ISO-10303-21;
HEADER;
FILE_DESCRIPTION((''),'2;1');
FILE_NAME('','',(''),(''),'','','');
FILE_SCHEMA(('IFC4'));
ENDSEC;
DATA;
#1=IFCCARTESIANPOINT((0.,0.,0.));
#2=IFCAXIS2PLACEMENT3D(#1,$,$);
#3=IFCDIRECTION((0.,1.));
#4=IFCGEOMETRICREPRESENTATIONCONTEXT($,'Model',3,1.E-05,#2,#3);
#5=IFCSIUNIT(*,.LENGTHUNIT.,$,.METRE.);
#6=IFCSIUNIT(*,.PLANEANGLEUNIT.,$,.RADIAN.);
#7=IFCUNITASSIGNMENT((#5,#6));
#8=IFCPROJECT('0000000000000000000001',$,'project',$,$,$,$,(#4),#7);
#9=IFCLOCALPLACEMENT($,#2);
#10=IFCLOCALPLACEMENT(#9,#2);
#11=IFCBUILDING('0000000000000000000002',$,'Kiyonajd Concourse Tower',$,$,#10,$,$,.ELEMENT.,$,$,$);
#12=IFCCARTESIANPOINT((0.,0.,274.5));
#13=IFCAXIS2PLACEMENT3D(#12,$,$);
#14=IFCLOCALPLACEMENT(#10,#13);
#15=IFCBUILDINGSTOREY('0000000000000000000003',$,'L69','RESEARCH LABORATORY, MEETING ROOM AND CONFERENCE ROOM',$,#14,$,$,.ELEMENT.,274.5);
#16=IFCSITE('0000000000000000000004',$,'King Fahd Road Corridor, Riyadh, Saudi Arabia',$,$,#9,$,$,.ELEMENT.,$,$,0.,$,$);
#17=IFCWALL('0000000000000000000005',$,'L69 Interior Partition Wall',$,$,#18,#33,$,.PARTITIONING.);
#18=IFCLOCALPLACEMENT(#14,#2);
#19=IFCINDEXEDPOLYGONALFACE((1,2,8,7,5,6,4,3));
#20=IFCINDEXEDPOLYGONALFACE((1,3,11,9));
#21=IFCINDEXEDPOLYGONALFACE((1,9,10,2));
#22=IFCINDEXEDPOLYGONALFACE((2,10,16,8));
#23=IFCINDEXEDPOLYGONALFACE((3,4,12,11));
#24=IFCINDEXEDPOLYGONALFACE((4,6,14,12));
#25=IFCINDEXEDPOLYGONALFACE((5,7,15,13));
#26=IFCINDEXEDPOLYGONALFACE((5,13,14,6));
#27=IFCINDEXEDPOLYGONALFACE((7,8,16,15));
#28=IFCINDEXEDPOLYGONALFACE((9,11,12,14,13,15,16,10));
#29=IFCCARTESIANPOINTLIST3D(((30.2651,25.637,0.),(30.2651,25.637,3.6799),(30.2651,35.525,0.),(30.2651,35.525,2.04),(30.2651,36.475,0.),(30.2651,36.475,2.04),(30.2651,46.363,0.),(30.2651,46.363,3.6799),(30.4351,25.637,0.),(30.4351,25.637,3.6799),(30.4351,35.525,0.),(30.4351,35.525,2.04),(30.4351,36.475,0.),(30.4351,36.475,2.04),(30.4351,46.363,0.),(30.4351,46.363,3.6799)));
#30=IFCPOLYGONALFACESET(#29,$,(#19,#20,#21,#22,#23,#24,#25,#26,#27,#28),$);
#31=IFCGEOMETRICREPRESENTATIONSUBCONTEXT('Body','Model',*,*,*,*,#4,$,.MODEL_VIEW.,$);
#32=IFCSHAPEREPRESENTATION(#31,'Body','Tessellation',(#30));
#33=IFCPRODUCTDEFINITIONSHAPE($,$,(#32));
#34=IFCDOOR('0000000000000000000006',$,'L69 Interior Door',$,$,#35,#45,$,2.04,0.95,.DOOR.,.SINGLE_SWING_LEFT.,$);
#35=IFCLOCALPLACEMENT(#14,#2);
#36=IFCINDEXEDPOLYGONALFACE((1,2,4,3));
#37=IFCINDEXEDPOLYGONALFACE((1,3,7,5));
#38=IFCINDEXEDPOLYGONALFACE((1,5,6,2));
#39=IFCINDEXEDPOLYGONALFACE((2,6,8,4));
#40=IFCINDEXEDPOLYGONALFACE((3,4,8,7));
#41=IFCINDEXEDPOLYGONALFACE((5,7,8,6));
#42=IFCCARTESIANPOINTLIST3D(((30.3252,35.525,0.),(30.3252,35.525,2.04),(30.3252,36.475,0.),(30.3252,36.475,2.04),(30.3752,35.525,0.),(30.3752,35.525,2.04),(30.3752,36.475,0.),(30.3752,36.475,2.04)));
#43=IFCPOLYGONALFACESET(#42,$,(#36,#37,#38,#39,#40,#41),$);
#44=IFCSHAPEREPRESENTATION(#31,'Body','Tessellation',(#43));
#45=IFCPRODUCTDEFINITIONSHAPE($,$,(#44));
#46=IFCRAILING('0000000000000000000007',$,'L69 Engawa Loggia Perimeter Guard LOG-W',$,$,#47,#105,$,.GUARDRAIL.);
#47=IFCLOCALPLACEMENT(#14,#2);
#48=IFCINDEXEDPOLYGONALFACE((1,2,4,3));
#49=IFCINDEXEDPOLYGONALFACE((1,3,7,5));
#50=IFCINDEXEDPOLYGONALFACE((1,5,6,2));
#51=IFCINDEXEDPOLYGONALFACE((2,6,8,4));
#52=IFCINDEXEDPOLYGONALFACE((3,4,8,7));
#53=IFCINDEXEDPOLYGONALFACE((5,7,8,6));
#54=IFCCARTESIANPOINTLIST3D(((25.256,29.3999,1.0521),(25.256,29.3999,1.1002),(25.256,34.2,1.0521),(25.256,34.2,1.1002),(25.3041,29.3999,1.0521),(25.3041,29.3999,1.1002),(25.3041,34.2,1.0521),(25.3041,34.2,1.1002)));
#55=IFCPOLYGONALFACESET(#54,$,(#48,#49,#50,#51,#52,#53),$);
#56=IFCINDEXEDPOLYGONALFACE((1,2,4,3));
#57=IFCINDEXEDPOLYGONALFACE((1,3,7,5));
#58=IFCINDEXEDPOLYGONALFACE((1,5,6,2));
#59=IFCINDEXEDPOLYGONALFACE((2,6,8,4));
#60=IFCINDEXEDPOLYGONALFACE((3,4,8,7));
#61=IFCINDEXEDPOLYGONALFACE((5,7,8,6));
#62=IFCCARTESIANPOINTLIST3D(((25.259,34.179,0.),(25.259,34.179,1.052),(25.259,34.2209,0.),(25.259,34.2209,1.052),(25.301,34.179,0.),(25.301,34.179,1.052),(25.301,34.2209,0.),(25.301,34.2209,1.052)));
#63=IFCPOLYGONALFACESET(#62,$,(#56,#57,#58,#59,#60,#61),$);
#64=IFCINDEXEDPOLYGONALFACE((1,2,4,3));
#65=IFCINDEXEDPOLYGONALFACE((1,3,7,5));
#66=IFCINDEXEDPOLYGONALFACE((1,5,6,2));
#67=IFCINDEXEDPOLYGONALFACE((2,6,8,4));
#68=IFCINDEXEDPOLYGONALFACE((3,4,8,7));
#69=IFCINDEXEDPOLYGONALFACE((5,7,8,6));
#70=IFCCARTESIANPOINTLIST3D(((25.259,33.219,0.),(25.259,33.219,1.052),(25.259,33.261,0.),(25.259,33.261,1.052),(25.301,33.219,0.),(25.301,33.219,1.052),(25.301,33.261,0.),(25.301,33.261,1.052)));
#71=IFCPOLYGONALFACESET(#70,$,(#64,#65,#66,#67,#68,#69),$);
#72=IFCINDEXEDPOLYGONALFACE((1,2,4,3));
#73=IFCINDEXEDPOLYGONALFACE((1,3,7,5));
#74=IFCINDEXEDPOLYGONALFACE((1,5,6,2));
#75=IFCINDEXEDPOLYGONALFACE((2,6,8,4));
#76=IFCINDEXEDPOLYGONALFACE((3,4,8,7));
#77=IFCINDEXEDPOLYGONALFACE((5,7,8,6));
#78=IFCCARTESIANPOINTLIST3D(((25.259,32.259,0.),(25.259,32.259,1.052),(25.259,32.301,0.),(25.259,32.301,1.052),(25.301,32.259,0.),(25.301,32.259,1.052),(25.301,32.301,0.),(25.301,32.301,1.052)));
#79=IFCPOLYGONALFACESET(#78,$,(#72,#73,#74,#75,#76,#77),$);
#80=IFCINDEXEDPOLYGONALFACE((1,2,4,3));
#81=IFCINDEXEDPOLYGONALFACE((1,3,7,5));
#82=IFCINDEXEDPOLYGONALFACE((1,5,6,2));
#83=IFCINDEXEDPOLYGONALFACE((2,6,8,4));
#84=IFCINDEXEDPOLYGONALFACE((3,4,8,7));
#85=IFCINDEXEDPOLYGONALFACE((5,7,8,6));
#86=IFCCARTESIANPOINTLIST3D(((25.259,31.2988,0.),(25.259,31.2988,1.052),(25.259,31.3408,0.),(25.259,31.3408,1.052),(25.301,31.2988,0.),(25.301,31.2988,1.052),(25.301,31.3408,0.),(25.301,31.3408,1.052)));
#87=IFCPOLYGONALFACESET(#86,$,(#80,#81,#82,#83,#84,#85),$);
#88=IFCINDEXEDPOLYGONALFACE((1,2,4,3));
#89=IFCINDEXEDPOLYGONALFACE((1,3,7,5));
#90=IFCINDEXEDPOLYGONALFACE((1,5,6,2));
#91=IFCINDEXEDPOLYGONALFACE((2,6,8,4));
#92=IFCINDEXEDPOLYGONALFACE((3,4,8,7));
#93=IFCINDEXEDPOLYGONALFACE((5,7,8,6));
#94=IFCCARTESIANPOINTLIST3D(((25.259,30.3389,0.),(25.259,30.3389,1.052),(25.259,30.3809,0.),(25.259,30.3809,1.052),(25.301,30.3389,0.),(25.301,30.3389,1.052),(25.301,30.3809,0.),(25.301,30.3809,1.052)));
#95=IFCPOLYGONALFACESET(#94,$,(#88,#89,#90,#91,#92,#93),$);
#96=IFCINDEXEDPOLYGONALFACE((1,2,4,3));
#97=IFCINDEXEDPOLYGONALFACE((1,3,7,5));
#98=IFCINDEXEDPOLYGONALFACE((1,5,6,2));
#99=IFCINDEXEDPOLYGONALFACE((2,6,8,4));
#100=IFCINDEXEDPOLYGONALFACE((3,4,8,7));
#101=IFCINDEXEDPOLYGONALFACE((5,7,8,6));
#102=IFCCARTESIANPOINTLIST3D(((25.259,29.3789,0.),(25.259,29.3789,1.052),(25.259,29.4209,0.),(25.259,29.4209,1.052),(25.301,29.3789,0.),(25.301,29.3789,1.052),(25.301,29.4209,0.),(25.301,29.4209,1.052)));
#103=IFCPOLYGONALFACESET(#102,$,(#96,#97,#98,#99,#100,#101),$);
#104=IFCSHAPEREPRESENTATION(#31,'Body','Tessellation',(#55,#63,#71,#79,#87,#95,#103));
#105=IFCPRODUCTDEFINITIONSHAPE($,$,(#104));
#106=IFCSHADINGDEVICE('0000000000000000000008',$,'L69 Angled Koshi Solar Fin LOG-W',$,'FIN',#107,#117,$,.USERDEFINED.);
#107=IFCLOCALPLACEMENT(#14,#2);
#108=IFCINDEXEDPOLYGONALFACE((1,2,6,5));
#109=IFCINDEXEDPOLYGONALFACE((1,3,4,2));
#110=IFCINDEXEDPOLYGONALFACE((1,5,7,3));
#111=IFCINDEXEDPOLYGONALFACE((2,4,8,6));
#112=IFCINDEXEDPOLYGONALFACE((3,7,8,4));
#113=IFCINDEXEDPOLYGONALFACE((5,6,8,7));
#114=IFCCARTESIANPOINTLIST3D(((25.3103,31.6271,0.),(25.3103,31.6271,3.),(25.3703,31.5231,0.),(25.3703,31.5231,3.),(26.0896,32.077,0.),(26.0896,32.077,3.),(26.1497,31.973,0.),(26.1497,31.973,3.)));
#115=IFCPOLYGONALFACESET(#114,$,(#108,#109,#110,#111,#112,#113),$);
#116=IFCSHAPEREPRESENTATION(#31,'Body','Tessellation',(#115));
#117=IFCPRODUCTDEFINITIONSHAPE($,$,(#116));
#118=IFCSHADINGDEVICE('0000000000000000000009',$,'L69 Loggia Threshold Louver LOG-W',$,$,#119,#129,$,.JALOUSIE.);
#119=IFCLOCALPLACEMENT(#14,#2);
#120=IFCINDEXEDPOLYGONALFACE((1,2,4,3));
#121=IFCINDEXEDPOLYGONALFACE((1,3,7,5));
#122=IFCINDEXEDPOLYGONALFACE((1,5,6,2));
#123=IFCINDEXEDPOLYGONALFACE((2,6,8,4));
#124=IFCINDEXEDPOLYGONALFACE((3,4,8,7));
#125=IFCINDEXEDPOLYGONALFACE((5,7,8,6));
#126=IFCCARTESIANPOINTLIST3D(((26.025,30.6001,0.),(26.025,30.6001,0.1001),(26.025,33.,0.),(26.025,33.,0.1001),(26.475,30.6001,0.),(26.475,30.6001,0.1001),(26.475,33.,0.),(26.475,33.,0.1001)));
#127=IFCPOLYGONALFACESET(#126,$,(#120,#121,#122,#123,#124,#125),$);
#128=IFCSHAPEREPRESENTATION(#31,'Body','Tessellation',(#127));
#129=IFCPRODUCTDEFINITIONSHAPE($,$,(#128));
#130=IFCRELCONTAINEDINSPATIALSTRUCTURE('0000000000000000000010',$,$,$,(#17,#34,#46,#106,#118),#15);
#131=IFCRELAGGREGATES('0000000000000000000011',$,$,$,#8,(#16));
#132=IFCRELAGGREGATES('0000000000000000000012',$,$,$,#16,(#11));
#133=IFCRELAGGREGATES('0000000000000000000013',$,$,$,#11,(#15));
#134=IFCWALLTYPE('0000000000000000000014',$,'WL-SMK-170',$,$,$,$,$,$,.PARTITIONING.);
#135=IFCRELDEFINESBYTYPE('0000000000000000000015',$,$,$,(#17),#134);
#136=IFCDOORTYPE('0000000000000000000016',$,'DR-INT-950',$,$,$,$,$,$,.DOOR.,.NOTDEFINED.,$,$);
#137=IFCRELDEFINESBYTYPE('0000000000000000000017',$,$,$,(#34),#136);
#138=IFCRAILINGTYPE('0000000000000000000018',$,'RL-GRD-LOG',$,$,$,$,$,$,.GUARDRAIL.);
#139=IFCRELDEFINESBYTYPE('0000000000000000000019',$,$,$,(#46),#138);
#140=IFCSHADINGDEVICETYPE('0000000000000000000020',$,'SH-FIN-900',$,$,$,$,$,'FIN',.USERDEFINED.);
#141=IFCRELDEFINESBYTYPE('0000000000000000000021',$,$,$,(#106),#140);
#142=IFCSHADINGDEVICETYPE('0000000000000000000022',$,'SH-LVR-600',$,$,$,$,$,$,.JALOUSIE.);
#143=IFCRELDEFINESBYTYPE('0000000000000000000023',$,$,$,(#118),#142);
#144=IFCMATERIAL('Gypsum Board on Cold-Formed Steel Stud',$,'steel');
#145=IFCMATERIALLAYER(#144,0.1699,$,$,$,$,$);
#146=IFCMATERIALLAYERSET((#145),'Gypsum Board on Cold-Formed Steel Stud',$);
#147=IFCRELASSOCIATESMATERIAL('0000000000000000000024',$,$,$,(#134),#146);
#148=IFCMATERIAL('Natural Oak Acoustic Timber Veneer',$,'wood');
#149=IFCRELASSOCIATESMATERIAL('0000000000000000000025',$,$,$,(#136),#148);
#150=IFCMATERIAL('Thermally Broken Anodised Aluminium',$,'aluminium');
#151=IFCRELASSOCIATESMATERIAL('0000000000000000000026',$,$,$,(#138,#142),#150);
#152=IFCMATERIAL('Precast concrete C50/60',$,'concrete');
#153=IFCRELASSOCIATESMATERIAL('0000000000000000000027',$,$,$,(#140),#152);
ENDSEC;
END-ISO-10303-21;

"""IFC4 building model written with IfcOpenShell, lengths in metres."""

from ifc_helpers import new_model, si_unit, direction, frame, frame_2d, origin, origin_2d, place, context, subcontext, project, spatial, rectangle, extrude, material, layer, layer_set, type_object, element, fill, save


model = new_model("IFC4")

# Units and contexts
model_context = context("Model", 3, precision=1e-05, world=origin(), true_north=direction((0.0, 1.0)))
body_context = subcontext(model_context, "Body", "Model", "MODEL_VIEW")
ifc_project = project(units=[si_unit("LENGTHUNIT", "METRE"), si_unit("PLANEANGLEUNIT", "RADIAN")], contexts=[model_context])

# Site, building, storey
site_placement = place(None, origin())
site = spatial("IfcSite", under=ifc_project, at=site_placement, Name="King Fahd Road Corridor, Riyadh, Saudi Arabia", CompositionType="ELEMENT", RefElevation=0.0)
building_placement = place(site_placement, origin())
building = spatial("IfcBuilding", under=site, at=building_placement, Name="Kiyonajd Concourse Tower", CompositionType="ELEMENT")
storey_placement = place(building_placement, frame((0.0, 0.0, 274.5)))
storey = spatial("IfcBuildingStorey", under=building, at=storey_placement, Name="L69", Description="RESEARCH LABORATORY, MEETING ROOM AND CONFERENCE ROOM", CompositionType="ELEMENT", Elevation=274.5)

# Shared definitions
ifc_material_1 = material(Name="Thermally Broken Anodised Aluminium", Category="aluminium")

# Shared definitions
ifc_material_2 = material(Name="Precast concrete C50/60", Category="concrete")

# Shared definitions
ifc_material_3 = material(Name="Gypsum Board on Cold-Formed Steel Stud", Category="steel")
ifc_layer_1 = layer(ifc_material_3, 0.1699)
ifc_layer_set_1 = layer_set([ifc_layer_1], Name="Gypsum Board on Cold-Formed Steel Stud")
wall_type_1 = type_object("IfcWallType", Name="WL-SMK-170", PredefinedType="PARTITIONING", material=ifc_layer_set_1)
ifc_material_4 = material(Name="Natural Oak Acoustic Timber Veneer", Category="wood")
door_type_1 = type_object("IfcDoorType", Name="DR-INT-950", OperationType="NOTDEFINED", PredefinedType="DOOR", material=ifc_material_4)

# Wall, opening, door
wall_1_placement = place(storey_placement, frame((30.3501, 25.637, 0.0), z_axis=(0.0, 0.0, 1.0), x_axis=(0.0, 1.0, 0.0)))
wall_1 = element("IfcWall", 1, at=wall_1_placement, inside=storey, type_object=wall_type_1, Name="L69 Interior Partition Wall", PredefinedType="PARTITIONING", context=body_context, shape_type="SweptSolid", body=[
    extrude(rectangle(XDim=20.7261, YDim=0.1699, at=frame_2d((10.363, 0.0))), origin(), (0.0, 0.0, 1.0), 3.6799),
])
opening_1_placement = place(wall_1_placement, frame((9.8879, 0.0, 0.0)))
opening_1 = element("IfcOpeningElement", 2, at=opening_1_placement, cuts=wall_1, PredefinedType="OPENING", context=body_context, shape_type="SweptSolid", body=[
    extrude(rectangle(XDim=0.95, YDim=2.04, at=frame_2d((0.4751, 1.02))), frame((0.0, 0.095, 0.0), z_axis=(0.0, -1.0, 0.0), x_axis=(1.0, 0.0, 0.0)), (0.0, 0.0, 1.0), 0.1899),
])
door_1_placement = place(opening_1_placement, origin())
door_1 = element("IfcDoor", 3, at=door_1_placement, inside=storey, type_object=door_type_1, Name="L69 Interior Door", OperationType="SINGLE_SWING_LEFT", OverallHeight=2.04, OverallWidth=0.95, PredefinedType="DOOR", context=body_context, shape_type="SweptSolid", body=[
    extrude(rectangle(XDim=0.95, YDim=2.04, at=frame_2d((0.4751, 1.02))), frame((0.0, 0.0249, 0.0), z_axis=(0.0, -1.0, 0.0), x_axis=(1.0, 0.0, 0.0)), (0.0, 0.0, 1.0), 0.05),
])
fill(opening_1, door_1)

# Railing
railing_type = type_object("IfcRailingType", Name="RL-GRD-LOG", PredefinedType="GUARDRAIL", material=ifc_material_1)
railing_placement = place(storey_placement, frame((25.28, 34.2, 0.0)))
element("IfcRailing", 4, at=railing_placement, inside=storey, type_object=railing_type, Name="L69 Engawa Loggia Perimeter Guard LOG-W", PredefinedType="GUARDRAIL", context=body_context, shape_type="SweptSolid", body=[
    extrude(rectangle(XDim=0.0481, YDim=0.0481, at=origin_2d()), frame((0.0, 0.0, 1.0762), z_axis=(0.0, -1.0, 0.0), x_axis=(1.0, 0.0, 0.0)), (0.0, 0.0, 1.0), 4.8),
    extrude(rectangle(XDim=0.042, YDim=0.042, at=origin_2d()), origin(), (0.0, 0.0, 1.0), 1.052),
    extrude(rectangle(XDim=0.042, YDim=0.042, at=origin_2d()), frame((0.0, -0.96, 0.0)), (0.0, 0.0, 1.0), 1.052),
    extrude(rectangle(XDim=0.042, YDim=0.042, at=origin_2d()), frame((0.0, -1.9199, 0.0)), (0.0, 0.0, 1.0), 1.052),
    extrude(rectangle(XDim=0.042, YDim=0.042, at=origin_2d()), frame((0.0, -2.8801, 0.0)), (0.0, 0.0, 1.0), 1.052),
    extrude(rectangle(XDim=0.042, YDim=0.042, at=origin_2d()), frame((0.0, -3.8401, 0.0)), (0.0, 0.0, 1.0), 1.052),
    extrude(rectangle(XDim=0.042, YDim=0.042, at=origin_2d()), frame((0.0, -4.8, 0.0)), (0.0, 0.0, 1.0), 1.052),
])

# Shading devices
shading_device_type_1 = type_object("IfcShadingDeviceType", Name="SH-FIN-900", ElementType="FIN", PredefinedType="USERDEFINED", material=ifc_material_2)
shading_device_1_placement = place(storey_placement, frame((25.73, 31.8, 0.0), z_axis=(0.0, 0.0, 1.0), x_axis=(0.866025, 0.5, 0.0)))
element("IfcShadingDevice", 5, at=shading_device_1_placement, inside=storey, type_object=shading_device_type_1, Name="L69 Angled Koshi Solar Fin LOG-W", ObjectType="FIN", PredefinedType="USERDEFINED", context=body_context, shape_type="SweptSolid", body=[
    extrude(rectangle(XDim=0.8999, YDim=0.1201, at=origin_2d()), origin(), (0.0, 0.0, 1.0), 3.0),
])
shading_device_type_2 = type_object("IfcShadingDeviceType", Name="SH-LVR-600", PredefinedType="JALOUSIE", material=ifc_material_1)
shading_device_2_placement = place(storey_placement, frame((26.25, 31.8, 0.0), z_axis=(0.0, 0.0, 1.0), x_axis=(0.0, 1.0, 0.0)))
element("IfcShadingDevice", 6, at=shading_device_2_placement, inside=storey, type_object=shading_device_type_2, Name="L69 Loggia Threshold Louver LOG-W", PredefinedType="JALOUSIE", context=body_context, shape_type="SweptSolid", body=[
    extrude(rectangle(XDim=2.3999, YDim=0.45, at=origin_2d()), origin(), (0.0, 0.0, 1.0), 0.1001),
])

save(model, "model.ifc")
